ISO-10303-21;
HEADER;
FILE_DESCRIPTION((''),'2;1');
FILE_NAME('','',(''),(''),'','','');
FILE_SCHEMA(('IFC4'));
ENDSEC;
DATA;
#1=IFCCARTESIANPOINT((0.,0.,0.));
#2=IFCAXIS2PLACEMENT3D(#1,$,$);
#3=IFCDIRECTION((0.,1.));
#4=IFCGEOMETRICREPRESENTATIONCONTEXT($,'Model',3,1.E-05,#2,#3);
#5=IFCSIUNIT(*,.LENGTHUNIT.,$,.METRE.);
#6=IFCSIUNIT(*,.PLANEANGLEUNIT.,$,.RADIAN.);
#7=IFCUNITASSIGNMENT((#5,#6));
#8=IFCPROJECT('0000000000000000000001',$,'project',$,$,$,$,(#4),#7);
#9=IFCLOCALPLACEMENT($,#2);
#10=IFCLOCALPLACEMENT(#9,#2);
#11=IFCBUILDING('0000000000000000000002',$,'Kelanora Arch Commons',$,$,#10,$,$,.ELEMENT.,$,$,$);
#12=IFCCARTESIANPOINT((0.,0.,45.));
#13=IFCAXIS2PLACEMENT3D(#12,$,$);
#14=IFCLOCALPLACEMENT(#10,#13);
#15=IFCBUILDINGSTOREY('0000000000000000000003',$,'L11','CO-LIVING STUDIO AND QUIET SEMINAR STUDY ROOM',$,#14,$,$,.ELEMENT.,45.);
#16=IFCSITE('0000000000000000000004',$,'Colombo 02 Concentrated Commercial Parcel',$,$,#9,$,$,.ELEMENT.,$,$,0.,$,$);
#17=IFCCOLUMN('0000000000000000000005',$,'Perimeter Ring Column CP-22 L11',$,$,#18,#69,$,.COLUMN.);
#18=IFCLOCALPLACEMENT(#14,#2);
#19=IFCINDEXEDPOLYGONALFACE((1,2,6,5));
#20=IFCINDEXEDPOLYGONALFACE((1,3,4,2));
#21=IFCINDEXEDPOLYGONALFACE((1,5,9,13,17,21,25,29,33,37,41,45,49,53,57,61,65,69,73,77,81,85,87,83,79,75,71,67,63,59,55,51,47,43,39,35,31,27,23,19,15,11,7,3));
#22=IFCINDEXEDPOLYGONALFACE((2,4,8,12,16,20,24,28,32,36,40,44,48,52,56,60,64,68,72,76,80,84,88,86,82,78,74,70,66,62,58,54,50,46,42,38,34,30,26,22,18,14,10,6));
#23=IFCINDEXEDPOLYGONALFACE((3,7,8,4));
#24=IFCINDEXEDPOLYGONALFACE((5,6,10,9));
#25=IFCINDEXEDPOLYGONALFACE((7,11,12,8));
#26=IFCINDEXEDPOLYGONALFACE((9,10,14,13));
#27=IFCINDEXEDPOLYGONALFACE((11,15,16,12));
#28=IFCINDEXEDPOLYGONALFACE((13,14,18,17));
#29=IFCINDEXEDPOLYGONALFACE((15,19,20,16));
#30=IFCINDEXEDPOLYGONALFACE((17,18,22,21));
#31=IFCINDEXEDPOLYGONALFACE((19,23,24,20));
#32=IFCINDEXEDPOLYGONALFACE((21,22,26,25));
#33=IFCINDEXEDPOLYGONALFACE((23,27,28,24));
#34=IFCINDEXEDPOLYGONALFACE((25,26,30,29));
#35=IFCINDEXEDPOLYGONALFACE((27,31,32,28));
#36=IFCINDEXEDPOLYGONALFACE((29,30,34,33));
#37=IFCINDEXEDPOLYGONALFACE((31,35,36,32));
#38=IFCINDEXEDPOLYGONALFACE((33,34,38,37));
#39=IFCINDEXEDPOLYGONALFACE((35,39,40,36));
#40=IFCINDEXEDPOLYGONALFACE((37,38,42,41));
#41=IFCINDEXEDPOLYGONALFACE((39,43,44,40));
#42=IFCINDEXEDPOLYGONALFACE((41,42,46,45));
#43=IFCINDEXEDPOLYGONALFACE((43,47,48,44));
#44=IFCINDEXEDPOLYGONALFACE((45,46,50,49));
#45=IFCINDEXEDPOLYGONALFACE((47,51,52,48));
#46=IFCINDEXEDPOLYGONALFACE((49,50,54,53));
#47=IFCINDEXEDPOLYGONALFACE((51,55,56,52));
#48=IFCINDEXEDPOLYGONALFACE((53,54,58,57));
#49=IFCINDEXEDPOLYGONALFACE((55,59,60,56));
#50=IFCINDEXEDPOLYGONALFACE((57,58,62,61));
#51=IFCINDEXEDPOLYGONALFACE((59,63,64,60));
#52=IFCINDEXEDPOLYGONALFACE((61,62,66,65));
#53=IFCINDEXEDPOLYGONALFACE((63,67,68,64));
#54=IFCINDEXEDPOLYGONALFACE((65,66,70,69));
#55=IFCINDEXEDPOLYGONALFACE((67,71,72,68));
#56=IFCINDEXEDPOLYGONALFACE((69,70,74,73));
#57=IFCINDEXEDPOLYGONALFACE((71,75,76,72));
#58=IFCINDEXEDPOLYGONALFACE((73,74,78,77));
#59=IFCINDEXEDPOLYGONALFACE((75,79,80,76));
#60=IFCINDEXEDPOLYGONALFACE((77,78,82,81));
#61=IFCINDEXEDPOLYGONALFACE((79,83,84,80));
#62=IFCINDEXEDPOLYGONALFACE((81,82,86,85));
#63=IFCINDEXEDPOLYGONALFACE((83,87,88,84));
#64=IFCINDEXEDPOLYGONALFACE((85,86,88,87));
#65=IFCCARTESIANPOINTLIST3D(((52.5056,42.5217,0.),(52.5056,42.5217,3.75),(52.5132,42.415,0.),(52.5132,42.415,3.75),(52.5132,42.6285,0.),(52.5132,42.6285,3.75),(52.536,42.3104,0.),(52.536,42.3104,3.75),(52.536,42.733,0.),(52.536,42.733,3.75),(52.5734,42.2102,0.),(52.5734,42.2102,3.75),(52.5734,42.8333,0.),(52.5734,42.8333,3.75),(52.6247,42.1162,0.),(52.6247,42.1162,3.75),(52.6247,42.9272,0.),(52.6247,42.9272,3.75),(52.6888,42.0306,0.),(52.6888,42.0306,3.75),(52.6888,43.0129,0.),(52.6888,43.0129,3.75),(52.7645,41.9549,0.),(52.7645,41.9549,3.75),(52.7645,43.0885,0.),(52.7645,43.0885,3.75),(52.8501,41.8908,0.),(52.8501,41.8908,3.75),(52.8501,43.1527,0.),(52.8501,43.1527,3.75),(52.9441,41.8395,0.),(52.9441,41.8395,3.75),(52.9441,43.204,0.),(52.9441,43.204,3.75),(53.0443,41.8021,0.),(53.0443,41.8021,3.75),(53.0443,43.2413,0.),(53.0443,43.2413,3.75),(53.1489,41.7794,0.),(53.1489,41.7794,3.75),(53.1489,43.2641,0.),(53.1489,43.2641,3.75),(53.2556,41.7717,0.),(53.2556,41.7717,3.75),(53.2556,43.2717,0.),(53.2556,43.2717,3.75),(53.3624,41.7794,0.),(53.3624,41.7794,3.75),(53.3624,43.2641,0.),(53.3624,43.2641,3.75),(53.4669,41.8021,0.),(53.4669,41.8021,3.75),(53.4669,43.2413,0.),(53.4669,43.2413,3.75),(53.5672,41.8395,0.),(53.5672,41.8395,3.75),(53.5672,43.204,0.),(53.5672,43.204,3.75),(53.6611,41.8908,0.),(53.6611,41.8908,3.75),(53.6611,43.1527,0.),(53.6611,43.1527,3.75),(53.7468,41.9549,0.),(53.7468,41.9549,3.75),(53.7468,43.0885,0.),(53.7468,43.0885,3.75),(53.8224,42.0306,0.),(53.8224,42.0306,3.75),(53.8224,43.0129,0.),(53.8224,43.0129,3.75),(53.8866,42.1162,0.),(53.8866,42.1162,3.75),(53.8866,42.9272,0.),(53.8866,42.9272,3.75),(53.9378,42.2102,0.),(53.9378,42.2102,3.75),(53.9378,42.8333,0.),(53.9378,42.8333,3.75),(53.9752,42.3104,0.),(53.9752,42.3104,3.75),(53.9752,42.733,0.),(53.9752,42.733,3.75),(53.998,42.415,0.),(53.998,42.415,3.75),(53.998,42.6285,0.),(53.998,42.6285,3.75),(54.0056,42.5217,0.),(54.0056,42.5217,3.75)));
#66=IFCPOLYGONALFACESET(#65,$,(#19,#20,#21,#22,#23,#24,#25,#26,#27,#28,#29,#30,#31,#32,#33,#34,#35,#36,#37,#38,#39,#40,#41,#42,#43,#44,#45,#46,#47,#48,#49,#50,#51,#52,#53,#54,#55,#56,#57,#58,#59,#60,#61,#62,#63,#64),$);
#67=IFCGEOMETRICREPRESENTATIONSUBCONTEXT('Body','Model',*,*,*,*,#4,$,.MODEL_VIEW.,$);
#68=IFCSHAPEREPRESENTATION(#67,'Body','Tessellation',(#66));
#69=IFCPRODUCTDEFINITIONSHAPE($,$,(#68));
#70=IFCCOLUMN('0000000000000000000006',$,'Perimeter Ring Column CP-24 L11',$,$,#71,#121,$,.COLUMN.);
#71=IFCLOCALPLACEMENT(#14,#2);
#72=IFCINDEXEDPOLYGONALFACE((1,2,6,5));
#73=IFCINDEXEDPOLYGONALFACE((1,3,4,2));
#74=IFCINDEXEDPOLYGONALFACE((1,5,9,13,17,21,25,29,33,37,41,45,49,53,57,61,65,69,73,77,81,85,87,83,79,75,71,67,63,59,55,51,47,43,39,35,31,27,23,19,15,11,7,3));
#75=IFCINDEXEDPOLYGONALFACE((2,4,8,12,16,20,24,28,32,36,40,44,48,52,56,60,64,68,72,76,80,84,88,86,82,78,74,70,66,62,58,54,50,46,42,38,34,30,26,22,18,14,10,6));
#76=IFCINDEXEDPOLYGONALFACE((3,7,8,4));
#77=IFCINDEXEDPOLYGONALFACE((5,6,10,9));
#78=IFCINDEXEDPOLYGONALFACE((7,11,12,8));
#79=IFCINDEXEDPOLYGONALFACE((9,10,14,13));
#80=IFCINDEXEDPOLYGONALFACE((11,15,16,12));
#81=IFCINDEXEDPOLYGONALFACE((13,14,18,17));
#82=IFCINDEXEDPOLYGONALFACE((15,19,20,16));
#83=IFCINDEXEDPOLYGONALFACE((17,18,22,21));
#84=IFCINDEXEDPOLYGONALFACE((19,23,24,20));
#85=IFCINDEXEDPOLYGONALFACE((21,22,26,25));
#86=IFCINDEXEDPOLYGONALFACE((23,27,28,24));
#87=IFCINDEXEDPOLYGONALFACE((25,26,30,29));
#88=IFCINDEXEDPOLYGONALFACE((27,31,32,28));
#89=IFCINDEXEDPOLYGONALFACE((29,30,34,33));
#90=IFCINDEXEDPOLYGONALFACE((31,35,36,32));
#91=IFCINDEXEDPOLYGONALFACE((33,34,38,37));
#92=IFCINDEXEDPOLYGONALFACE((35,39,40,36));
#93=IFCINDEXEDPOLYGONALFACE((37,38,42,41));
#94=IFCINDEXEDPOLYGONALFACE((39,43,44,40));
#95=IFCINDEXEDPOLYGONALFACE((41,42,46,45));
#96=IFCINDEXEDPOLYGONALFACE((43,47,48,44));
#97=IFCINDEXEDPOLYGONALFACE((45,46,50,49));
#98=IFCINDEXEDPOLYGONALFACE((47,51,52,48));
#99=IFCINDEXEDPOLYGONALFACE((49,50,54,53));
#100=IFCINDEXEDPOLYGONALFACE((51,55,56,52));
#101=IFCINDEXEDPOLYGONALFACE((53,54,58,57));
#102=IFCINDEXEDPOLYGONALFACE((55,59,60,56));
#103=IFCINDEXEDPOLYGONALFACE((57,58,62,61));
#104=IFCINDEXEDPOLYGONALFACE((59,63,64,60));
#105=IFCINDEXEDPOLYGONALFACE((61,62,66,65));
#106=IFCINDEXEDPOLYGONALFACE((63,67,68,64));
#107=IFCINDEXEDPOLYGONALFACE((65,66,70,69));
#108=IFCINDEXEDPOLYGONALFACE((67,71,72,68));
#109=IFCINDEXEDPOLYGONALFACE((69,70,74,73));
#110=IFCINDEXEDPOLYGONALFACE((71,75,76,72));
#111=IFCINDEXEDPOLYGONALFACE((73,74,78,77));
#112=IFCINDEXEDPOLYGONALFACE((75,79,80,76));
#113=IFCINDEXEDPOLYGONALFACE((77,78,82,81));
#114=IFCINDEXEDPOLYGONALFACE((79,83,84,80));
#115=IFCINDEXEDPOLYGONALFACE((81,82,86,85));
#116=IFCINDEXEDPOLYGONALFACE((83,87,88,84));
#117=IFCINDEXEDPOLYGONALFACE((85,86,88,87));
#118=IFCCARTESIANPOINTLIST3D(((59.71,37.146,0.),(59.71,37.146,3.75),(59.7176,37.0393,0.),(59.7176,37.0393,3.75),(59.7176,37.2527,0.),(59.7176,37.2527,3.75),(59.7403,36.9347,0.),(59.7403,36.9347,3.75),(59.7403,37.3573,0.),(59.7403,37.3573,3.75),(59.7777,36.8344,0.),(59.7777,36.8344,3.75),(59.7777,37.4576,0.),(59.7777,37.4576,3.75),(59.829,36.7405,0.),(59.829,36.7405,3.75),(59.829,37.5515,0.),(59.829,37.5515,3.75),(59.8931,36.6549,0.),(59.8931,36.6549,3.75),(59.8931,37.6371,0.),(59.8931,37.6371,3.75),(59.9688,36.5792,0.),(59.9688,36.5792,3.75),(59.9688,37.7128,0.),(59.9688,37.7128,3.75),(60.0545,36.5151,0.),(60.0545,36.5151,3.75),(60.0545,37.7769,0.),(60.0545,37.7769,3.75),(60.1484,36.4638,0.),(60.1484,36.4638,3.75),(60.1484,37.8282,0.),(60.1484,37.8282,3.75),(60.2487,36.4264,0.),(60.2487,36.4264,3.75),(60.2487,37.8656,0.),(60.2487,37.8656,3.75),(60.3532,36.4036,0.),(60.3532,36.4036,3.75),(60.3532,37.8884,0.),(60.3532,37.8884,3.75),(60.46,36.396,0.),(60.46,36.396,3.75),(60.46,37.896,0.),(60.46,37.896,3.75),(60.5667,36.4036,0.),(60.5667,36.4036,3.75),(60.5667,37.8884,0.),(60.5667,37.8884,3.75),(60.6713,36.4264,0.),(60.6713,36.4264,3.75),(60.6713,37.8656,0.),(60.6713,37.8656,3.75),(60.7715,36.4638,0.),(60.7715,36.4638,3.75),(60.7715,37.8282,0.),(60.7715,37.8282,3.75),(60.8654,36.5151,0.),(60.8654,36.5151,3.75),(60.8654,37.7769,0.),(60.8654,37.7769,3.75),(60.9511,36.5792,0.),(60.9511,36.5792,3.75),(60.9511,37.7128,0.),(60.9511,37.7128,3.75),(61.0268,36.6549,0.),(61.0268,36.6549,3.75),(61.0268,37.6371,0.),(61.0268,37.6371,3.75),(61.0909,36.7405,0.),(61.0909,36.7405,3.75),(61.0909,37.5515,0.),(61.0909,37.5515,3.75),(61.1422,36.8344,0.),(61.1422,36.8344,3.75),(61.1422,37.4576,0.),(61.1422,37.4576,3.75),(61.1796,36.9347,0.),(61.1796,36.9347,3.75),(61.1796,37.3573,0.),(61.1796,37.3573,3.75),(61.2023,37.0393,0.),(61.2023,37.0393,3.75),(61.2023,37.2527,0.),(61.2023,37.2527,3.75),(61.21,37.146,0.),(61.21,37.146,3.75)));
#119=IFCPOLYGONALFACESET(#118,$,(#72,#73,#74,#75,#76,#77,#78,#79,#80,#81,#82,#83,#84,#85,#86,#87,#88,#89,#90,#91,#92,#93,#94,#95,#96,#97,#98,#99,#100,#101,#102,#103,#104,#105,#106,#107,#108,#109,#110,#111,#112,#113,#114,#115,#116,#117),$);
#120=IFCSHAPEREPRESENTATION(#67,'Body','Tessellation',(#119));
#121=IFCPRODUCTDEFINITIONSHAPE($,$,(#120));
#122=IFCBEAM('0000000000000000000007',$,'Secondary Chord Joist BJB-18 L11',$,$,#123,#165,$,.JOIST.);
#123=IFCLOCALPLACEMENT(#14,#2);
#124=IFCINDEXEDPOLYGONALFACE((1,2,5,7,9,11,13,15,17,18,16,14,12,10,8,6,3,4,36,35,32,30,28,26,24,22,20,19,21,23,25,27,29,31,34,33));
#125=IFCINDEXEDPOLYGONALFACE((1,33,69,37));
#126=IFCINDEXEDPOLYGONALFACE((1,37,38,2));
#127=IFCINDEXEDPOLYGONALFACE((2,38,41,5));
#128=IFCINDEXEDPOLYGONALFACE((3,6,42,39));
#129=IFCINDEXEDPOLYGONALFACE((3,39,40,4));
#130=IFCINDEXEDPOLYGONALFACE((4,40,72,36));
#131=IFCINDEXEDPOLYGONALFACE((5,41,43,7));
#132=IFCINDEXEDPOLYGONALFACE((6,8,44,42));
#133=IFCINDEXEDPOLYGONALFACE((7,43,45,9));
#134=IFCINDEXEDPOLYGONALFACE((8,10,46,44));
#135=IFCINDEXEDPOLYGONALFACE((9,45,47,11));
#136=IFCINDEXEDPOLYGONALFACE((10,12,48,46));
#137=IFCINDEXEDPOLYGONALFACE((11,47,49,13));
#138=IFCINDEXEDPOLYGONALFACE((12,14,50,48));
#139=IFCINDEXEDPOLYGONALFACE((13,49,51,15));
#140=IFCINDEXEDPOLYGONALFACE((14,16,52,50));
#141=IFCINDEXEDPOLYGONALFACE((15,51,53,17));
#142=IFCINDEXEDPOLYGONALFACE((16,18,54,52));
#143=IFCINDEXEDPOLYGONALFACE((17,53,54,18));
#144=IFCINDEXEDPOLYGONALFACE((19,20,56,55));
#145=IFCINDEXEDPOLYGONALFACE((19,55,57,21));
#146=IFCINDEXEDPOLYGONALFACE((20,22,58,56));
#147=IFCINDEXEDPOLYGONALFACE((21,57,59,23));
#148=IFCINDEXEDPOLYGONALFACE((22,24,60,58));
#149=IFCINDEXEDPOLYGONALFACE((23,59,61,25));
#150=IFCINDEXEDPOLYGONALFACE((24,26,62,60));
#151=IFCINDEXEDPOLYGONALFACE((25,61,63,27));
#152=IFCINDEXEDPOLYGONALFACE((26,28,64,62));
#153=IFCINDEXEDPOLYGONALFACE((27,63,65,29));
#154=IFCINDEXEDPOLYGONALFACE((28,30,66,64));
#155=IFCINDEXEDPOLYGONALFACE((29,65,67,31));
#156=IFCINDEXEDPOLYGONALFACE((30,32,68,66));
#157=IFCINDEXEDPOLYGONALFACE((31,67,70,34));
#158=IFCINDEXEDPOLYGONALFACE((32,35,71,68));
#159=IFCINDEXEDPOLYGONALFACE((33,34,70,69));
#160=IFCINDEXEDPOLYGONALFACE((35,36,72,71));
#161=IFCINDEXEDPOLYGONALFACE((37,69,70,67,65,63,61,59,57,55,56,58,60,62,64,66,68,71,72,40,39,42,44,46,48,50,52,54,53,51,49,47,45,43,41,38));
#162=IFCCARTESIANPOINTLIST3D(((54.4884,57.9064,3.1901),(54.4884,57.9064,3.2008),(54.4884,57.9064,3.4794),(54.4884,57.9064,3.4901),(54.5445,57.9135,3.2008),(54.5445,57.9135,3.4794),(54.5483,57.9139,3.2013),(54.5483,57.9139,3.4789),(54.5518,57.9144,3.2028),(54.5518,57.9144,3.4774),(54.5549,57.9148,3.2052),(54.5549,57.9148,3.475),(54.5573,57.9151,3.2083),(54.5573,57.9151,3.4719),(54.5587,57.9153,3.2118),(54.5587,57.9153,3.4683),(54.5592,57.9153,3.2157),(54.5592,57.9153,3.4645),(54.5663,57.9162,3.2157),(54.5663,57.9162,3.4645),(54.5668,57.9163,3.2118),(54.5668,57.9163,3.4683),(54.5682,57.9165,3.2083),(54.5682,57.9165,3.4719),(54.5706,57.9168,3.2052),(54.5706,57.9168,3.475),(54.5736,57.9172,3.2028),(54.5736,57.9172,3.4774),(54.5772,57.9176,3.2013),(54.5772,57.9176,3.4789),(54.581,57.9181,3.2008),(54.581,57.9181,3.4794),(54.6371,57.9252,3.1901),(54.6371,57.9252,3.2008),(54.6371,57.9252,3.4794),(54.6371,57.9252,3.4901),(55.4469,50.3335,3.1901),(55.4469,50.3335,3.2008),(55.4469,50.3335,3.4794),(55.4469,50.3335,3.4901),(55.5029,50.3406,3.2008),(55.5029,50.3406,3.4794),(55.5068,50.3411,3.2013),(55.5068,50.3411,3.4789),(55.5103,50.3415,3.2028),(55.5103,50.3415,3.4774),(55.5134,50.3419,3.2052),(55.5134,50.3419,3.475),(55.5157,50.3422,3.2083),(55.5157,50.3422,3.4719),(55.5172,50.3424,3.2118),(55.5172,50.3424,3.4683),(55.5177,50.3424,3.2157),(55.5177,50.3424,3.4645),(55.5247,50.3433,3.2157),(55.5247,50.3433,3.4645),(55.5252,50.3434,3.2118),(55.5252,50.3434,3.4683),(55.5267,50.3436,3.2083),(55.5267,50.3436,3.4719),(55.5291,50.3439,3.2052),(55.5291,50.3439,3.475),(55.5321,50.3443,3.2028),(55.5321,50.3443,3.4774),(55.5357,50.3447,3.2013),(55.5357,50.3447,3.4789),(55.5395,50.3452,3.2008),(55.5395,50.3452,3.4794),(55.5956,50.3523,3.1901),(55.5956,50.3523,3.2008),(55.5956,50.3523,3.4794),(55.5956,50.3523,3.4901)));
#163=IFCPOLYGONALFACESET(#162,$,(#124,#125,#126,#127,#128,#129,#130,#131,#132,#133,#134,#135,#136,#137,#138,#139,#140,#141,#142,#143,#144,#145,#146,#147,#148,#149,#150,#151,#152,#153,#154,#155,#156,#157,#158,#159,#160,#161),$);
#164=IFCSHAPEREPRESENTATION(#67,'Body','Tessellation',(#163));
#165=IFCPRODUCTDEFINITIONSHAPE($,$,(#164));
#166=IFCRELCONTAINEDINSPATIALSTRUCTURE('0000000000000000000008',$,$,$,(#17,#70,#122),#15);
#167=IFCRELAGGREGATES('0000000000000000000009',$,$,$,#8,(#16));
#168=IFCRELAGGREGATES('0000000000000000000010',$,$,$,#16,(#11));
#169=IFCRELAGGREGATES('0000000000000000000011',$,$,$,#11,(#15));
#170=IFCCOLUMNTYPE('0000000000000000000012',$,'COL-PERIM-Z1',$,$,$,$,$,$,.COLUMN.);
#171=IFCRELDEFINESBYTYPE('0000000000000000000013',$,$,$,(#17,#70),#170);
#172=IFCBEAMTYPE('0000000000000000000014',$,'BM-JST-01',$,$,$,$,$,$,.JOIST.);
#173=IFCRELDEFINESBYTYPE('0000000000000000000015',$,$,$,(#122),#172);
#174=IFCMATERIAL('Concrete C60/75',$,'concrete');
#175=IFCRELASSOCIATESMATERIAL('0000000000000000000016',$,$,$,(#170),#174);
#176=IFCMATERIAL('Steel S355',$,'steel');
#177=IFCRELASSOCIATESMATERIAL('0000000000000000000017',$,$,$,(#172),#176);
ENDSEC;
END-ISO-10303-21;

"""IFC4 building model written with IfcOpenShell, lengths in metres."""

from ifc_helpers import new_model, si_unit, direction, frame, origin, origin_2d, place, context, subcontext, project, spatial, circle, i_section, extrude, material, material_profile, profile_set, type_object, element, save


model = new_model("IFC4")

# Units and contexts
model_context = context("Model", 3, precision=1e-05, world=origin(), true_north=direction((0.0, 1.0)))
body_context = subcontext(model_context, "Body", "Model", "MODEL_VIEW")
ifc_project = project(units=[si_unit("LENGTHUNIT", "METRE"), si_unit("PLANEANGLEUNIT", "RADIAN")], contexts=[model_context])

# Site, building, storey
site_placement = place(None, origin())
site = spatial("IfcSite", under=ifc_project, at=site_placement, Name="Colombo 02 Concentrated Commercial Parcel", CompositionType="ELEMENT", RefElevation=0.0)
building_placement = place(site_placement, origin())
building = spatial("IfcBuilding", under=site, at=building_placement, Name="Kelanora Arch Commons", CompositionType="ELEMENT")
storey_placement = place(building_placement, frame((0.0, 0.0, 45.0)))
storey = spatial("IfcBuildingStorey", under=building, at=storey_placement, Name="L11", Description="CO-LIVING STUDIO AND QUIET SEMINAR STUDY ROOM", CompositionType="ELEMENT", Elevation=45.0)

# Columns
ifc_material_1 = material(Name="Concrete C60/75", Category="concrete")
ifc_material_profile_1 = material_profile(ifc_material_1, circle(Radius=0.75, at=origin_2d()), Name="RCC1500")
ifc_profile_set_1 = profile_set([ifc_material_profile_1], Name="Concrete C60/75")
column_type = type_object("IfcColumnType", Name="COL-PERIM-Z1", PredefinedType="COLUMN", material=ifc_profile_set_1)
for number, where, z_axis, x_axis, name in (
    (1, (53.2556, 42.5217, 0.0), (0.0, 0.0, 1.0), (1.0, 0.0, 0.0), "Perimeter Ring Column CP-22 L11"),
    (2, (60.46, 37.146, 0.0), (0.0, 0.0, 1.0), (1.0, 0.0, 0.0), "Perimeter Ring Column CP-24 L11"),
):
    element("IfcColumn", number, at=place(storey_placement, frame(where, z_axis=z_axis, x_axis=x_axis)), inside=storey, type_object=column_type, Name=name, PredefinedType="COLUMN", context=body_context, shape_type="SweptSolid", body=[
        extrude(circle(Radius=0.75, at=origin_2d()), origin(), (0.0, 0.0, 1.0), 3.75),
    ])

# Beam
ifc_material_2 = material(Name="Steel S355", Category="steel")
ifc_material_profile_2 = material_profile(ifc_material_2, i_section(OverallWidth=0.1499, OverallDepth=0.3, WebThickness=0.0071, FlangeThickness=0.0107, FilletRadius=0.0149, at=origin_2d()), Name="IPE300")
ifc_profile_set_2 = profile_set([ifc_material_profile_2], Name="Steel S355")
beam_type_1 = type_object("IfcBeamType", Name="BM-JST-01", PredefinedType="JOIST", material=ifc_profile_set_2)
beam_1_placement = place(storey_placement, frame((54.5627, 57.9158, 3.3401), z_axis=(0.125566, -0.992085, 0.0), x_axis=(0.992085, 0.125566, 0.0)))
element("IfcBeam", 3, at=beam_1_placement, inside=storey, type_object=beam_type_1, Name="Secondary Chord Joist BJB-18 L11", PredefinedType="JOIST", context=body_context, shape_type="SweptSolid", body=[
    extrude(i_section(OverallWidth=0.1499, OverallDepth=0.3, WebThickness=0.0071, FlangeThickness=0.0107, FilletRadius=0.0149, at=origin_2d()), origin(), (0.0, 0.0, 1.0), 7.6333),
])

save(model, "model.ifc")
